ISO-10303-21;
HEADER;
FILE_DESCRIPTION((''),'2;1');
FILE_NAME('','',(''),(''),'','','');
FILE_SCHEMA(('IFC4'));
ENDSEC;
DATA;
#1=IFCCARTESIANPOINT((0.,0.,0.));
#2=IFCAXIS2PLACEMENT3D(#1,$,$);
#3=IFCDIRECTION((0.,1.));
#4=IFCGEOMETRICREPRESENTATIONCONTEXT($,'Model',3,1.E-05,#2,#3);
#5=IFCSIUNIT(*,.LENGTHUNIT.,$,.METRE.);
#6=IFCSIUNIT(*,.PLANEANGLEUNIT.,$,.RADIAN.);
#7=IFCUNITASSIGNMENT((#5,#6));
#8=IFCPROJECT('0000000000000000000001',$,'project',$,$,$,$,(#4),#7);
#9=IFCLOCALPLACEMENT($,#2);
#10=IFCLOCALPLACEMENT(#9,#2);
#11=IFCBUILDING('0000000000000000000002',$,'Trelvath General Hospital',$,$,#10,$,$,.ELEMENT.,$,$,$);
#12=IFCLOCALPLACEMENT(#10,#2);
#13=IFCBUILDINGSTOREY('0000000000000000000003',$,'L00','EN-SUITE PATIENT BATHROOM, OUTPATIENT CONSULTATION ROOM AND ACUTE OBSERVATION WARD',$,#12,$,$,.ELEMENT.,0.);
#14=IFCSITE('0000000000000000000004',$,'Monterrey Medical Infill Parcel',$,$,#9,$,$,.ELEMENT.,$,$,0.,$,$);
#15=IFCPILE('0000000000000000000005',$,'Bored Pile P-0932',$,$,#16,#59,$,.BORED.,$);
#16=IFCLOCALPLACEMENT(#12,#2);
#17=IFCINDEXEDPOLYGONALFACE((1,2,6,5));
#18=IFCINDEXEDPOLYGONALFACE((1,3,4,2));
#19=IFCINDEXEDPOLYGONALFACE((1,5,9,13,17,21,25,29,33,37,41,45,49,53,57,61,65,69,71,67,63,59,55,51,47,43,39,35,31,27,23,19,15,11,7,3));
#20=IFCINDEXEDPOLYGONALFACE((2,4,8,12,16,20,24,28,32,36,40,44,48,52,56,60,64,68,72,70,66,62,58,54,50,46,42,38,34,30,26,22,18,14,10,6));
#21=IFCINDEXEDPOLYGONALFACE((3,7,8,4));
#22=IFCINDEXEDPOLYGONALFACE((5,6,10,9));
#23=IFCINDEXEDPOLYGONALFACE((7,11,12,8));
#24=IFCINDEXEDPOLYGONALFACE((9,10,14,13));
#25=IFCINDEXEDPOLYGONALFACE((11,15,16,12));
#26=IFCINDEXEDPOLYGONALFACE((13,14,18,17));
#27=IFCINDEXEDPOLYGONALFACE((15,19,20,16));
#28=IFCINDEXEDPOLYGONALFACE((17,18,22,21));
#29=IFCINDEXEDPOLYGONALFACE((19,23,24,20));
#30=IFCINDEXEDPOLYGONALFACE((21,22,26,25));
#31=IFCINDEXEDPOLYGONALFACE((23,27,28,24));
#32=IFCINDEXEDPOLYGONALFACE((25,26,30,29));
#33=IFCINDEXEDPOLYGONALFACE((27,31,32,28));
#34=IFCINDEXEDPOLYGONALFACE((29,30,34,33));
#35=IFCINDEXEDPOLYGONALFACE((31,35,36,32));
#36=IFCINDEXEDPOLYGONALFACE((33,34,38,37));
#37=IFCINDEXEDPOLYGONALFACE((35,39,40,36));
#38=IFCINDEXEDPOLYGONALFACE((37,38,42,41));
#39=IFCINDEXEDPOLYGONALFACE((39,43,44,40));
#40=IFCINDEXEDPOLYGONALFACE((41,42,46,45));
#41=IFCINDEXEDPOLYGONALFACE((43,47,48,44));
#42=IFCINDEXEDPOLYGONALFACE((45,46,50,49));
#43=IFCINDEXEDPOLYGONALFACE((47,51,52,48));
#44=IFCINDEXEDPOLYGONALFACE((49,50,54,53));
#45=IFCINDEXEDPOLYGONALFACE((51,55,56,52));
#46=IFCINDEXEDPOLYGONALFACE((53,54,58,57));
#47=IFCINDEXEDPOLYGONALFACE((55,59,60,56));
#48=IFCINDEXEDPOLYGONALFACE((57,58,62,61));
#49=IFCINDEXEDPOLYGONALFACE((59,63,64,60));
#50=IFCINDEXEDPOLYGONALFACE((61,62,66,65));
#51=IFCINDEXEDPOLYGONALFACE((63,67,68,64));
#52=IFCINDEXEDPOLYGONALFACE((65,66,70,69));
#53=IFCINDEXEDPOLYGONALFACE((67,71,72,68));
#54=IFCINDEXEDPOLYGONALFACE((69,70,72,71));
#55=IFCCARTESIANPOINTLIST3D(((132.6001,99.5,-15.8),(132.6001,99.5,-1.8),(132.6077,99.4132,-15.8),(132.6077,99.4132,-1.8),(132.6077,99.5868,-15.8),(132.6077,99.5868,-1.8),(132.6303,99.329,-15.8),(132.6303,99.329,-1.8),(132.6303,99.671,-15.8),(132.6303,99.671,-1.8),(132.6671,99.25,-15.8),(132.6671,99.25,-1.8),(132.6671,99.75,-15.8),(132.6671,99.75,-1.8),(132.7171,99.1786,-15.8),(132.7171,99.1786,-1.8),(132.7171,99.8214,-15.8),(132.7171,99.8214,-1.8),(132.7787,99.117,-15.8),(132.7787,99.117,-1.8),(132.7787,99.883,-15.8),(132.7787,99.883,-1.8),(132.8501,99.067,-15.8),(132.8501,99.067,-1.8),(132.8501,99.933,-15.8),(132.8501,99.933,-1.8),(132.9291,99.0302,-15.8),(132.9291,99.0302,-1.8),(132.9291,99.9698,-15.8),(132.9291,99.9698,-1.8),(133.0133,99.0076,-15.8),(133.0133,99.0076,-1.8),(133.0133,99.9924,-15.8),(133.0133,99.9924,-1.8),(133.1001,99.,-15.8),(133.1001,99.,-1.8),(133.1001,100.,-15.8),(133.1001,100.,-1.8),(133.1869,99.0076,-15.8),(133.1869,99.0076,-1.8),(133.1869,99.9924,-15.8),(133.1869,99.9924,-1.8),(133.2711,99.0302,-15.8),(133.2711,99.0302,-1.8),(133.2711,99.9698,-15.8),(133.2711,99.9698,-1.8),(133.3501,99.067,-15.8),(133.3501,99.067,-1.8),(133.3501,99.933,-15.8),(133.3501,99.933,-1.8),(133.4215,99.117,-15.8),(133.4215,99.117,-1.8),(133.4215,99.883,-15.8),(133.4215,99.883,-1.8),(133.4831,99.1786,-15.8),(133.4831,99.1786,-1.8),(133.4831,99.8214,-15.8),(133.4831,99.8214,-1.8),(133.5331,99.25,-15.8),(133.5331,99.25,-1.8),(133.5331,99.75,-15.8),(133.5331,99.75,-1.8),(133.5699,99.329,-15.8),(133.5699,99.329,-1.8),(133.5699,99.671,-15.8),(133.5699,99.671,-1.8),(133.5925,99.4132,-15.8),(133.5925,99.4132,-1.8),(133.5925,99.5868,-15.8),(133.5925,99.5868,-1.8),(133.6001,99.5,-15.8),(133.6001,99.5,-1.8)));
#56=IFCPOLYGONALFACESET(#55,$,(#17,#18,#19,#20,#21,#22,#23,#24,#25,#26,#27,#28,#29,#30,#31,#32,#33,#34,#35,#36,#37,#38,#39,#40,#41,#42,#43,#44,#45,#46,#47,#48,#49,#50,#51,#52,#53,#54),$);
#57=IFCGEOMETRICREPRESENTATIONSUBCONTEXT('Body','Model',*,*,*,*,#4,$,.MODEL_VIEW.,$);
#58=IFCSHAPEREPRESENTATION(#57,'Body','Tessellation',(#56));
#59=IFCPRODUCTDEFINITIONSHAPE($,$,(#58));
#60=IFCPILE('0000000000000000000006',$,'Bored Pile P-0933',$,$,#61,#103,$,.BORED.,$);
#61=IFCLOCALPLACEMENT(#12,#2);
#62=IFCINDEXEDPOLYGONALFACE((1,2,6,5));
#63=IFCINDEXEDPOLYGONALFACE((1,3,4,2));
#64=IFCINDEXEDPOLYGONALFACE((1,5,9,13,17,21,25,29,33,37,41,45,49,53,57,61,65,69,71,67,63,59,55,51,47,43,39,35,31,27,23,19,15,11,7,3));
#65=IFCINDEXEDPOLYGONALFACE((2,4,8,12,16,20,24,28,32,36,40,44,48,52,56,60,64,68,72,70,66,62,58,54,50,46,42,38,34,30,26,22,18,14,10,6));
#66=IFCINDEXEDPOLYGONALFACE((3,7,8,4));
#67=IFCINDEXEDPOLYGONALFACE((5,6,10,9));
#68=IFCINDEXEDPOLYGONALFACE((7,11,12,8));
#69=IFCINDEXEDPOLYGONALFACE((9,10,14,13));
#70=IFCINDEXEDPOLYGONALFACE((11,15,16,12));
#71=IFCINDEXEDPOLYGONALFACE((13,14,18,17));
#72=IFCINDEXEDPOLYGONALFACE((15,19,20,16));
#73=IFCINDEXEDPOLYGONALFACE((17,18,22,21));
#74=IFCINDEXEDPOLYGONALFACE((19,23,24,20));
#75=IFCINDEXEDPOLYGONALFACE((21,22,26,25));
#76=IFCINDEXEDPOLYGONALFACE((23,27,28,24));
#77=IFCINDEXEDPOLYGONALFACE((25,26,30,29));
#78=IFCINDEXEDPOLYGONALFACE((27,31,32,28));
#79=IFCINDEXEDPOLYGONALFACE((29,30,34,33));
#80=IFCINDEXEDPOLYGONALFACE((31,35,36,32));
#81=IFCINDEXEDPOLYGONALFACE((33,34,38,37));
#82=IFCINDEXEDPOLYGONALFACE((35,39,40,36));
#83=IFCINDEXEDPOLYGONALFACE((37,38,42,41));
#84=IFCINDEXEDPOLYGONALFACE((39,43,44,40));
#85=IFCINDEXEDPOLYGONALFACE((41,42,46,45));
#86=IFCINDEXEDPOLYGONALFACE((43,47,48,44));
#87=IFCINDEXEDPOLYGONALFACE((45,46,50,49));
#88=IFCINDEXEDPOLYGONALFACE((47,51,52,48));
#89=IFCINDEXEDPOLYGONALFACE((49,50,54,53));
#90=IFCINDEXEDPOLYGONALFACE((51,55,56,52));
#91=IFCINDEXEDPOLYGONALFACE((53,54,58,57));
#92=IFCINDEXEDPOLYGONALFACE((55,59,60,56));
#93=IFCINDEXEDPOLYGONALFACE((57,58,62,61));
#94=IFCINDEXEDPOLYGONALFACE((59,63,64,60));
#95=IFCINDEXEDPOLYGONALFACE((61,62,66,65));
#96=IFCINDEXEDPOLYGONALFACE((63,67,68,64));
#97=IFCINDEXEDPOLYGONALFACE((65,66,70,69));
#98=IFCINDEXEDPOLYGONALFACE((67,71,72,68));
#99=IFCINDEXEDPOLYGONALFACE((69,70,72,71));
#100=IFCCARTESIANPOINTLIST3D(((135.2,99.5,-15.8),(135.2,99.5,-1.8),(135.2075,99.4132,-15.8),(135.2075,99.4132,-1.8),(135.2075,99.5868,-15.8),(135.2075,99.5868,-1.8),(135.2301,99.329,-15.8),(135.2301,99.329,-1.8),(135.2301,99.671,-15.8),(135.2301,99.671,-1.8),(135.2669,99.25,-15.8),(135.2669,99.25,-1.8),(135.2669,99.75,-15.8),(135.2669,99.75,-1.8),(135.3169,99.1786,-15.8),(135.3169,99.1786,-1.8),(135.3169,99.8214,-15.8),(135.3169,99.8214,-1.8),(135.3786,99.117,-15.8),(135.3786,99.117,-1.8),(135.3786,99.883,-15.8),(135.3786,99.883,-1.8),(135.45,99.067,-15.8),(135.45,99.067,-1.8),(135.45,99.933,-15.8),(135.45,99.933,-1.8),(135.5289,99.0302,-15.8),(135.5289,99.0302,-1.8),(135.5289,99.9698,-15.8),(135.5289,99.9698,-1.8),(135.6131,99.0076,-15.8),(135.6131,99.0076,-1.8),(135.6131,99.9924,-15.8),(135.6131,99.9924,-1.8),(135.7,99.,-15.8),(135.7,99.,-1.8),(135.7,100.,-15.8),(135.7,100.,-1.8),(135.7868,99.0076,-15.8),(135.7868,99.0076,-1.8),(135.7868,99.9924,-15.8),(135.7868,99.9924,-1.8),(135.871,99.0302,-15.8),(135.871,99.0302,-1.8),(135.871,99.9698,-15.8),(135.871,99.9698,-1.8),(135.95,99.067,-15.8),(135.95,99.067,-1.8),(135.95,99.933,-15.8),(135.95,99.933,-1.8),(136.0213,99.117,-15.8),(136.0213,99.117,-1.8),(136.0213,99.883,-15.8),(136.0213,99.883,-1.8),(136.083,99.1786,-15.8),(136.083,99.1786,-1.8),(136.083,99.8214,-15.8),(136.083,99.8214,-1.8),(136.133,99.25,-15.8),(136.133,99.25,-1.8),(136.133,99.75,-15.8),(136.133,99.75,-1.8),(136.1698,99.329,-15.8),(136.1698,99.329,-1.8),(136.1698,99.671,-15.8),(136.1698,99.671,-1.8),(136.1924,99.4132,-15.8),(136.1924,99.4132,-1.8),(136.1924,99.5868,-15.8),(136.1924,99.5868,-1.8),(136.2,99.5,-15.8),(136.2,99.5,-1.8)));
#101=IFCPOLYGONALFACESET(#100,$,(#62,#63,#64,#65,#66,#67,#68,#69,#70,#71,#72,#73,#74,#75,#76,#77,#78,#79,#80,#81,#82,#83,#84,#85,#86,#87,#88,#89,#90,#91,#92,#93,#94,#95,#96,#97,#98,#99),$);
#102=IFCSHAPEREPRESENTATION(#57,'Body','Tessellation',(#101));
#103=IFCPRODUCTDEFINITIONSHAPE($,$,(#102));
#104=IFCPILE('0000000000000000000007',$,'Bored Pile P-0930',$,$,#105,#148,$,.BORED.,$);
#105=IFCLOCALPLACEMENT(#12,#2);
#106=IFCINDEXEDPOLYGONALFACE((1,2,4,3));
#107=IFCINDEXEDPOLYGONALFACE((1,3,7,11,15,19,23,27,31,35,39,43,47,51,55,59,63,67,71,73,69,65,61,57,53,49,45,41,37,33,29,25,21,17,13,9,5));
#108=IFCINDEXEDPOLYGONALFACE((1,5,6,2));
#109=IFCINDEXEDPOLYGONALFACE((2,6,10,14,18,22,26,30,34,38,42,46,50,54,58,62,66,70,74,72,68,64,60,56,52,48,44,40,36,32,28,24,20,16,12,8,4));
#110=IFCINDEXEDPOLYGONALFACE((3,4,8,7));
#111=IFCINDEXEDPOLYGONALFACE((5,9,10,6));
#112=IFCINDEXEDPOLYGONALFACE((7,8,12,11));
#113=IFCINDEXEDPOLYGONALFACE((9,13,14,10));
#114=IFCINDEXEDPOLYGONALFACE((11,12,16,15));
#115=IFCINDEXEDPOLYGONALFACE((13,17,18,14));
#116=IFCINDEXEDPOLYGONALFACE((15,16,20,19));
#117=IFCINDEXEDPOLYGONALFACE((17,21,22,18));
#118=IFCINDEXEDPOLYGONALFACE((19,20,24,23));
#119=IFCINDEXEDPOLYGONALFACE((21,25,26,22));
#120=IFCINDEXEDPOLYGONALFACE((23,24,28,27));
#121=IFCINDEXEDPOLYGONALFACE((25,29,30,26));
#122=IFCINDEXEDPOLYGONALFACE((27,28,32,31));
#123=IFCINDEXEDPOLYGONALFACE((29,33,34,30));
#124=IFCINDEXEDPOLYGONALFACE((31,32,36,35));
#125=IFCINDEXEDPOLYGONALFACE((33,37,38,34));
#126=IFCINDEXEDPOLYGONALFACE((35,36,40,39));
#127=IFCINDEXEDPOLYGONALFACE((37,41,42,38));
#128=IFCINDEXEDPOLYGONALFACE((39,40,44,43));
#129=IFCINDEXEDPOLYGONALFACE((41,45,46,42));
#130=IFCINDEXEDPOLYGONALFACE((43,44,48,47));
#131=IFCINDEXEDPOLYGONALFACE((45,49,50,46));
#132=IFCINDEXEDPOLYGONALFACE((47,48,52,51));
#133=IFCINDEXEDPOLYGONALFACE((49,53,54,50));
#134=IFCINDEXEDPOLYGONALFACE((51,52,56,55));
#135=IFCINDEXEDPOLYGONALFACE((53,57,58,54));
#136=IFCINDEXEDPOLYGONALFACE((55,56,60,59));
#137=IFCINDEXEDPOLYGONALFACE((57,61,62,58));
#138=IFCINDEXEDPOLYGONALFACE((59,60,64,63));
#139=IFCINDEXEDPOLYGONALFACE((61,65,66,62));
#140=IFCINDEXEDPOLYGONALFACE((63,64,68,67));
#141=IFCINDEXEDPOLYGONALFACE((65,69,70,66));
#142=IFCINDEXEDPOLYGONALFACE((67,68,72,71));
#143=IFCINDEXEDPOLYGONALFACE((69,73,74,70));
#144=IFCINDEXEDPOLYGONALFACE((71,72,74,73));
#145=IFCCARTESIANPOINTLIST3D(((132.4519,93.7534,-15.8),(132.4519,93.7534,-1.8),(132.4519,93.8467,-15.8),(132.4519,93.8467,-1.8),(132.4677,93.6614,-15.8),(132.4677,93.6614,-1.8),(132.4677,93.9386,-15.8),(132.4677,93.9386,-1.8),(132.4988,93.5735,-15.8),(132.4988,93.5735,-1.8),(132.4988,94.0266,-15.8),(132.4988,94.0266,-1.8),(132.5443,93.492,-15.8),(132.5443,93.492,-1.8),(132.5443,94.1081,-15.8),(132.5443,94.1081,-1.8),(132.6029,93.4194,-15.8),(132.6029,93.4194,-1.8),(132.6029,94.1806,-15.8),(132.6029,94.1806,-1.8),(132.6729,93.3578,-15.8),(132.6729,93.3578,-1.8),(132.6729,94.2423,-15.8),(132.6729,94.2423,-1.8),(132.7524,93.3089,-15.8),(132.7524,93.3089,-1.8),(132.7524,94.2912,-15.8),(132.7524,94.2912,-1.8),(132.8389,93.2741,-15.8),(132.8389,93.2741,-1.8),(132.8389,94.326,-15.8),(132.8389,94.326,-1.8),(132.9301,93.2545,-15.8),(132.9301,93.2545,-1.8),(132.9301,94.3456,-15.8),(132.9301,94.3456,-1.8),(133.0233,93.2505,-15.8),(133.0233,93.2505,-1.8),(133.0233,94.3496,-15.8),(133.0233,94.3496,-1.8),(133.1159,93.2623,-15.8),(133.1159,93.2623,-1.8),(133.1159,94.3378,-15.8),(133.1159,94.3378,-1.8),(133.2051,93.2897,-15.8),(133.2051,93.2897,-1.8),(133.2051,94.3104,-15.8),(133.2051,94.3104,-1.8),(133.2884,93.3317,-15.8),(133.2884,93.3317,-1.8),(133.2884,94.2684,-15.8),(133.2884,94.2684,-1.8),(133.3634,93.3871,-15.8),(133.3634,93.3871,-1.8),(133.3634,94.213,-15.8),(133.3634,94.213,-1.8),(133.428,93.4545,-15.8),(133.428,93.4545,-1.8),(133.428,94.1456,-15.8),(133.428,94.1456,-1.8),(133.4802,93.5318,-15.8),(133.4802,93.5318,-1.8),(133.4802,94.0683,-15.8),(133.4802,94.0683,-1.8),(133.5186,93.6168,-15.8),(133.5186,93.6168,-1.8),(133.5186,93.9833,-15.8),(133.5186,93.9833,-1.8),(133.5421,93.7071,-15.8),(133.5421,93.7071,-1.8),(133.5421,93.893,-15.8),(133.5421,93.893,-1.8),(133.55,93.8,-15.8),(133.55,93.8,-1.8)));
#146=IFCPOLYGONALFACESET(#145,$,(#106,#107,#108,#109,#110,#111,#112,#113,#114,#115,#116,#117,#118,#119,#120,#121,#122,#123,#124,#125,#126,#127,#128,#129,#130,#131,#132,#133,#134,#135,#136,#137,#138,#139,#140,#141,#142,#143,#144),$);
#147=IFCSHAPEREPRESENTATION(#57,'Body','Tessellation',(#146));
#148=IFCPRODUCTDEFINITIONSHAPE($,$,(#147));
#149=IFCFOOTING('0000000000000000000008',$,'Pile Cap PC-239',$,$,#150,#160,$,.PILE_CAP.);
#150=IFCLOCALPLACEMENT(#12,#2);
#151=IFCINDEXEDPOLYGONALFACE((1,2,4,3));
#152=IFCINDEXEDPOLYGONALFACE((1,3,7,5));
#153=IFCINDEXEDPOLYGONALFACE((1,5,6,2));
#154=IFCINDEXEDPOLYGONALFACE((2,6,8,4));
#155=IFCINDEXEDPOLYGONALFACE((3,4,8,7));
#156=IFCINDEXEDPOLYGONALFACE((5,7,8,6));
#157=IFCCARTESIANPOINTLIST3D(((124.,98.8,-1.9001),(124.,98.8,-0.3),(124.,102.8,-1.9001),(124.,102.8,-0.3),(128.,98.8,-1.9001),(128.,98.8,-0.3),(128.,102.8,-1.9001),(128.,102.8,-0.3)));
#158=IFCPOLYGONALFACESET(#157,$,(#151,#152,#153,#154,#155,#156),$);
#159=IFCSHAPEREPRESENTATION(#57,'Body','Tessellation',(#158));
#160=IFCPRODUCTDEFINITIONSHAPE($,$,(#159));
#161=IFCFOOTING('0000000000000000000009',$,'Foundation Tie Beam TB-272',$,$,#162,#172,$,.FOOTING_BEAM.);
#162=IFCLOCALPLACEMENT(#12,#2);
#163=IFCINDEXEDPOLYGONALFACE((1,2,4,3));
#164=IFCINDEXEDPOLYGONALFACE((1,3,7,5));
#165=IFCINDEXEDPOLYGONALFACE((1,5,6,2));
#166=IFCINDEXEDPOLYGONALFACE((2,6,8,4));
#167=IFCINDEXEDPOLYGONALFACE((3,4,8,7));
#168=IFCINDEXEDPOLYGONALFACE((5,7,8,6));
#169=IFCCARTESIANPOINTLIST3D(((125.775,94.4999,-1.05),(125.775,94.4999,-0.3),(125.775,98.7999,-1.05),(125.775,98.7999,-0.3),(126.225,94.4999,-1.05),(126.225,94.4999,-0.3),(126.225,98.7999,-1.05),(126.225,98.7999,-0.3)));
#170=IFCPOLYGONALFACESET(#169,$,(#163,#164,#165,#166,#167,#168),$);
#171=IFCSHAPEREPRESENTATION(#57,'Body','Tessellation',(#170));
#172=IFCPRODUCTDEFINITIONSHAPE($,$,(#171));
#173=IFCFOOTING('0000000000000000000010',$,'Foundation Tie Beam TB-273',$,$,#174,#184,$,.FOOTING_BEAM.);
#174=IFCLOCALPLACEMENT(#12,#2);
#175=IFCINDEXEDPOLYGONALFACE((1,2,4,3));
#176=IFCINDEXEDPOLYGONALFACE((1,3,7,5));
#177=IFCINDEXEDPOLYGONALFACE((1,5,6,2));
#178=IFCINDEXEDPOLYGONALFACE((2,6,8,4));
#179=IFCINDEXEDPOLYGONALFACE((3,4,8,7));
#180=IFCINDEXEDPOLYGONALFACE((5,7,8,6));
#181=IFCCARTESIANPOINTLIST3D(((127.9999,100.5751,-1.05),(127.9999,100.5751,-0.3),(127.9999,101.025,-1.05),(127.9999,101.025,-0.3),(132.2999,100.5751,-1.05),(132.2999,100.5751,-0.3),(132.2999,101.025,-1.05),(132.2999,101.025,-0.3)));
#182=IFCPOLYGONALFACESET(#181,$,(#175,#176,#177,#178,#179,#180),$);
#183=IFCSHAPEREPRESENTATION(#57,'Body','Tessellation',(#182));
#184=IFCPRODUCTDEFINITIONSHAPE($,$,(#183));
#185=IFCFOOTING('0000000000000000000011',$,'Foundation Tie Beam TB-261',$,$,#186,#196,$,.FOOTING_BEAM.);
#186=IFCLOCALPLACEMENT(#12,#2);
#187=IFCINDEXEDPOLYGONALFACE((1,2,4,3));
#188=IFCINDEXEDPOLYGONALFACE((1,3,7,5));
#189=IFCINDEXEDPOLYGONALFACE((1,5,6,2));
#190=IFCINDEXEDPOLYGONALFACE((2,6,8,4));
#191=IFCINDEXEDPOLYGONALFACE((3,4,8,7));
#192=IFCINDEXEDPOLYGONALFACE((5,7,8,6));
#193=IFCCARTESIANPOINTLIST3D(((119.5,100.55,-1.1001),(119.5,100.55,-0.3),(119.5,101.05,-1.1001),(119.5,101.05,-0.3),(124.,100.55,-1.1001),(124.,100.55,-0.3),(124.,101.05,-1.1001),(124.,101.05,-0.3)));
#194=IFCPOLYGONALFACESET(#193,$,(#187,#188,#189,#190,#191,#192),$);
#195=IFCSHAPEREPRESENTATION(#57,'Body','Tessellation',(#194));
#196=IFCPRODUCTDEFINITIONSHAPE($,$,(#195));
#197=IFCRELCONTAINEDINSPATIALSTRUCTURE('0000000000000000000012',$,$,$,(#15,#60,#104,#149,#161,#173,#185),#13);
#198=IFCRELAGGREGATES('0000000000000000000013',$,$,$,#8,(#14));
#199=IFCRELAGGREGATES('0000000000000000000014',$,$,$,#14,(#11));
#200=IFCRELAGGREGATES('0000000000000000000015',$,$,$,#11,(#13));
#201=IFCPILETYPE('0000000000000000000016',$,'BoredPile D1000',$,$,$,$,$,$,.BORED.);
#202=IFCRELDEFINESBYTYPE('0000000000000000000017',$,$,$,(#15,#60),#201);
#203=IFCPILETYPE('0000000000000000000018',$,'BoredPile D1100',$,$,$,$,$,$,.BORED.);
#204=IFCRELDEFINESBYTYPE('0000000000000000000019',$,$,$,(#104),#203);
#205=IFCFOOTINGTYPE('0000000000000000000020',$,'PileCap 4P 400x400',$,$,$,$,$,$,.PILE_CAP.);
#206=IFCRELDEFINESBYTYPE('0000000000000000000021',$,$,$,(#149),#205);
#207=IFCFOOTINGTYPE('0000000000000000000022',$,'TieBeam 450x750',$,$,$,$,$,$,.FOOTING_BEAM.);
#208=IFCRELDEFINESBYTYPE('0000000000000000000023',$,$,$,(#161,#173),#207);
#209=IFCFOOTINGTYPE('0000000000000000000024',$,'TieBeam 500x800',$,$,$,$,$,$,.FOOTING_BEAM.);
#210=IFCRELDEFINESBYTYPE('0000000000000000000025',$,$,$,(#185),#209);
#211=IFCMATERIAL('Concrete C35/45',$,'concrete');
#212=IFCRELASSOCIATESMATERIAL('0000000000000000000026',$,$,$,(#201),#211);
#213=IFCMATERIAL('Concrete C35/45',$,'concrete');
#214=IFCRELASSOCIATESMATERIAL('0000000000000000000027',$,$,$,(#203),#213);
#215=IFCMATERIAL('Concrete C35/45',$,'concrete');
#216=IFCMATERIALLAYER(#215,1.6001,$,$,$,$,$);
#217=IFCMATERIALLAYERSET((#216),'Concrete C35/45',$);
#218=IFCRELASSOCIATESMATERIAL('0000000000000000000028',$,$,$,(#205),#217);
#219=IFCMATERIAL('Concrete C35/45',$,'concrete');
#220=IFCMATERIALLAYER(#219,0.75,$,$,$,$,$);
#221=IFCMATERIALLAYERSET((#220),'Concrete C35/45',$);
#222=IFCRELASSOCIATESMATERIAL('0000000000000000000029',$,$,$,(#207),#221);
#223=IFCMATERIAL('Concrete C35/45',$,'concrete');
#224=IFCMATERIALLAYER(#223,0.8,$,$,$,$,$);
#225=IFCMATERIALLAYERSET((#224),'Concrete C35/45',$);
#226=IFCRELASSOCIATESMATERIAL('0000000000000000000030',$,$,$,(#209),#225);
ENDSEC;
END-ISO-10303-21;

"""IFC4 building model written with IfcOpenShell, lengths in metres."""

from ifc_helpers import new_model, si_unit, direction, frame, origin, origin_2d, place, context, subcontext, project, spatial, rectangle, circle, extrude, material, layer, layer_set, material_profile, profile_set, type_object, element, save


model = new_model("IFC4")

# Units and contexts
model_context = context("Model", 3, precision=1e-05, world=origin(), true_north=direction((0.0, 1.0)))
body_context = subcontext(model_context, "Body", "Model", "MODEL_VIEW")
ifc_project = project(units=[si_unit("LENGTHUNIT", "METRE"), si_unit("PLANEANGLEUNIT", "RADIAN")], contexts=[model_context])

# Site, building, storey
site_placement = place(None, origin())
site = spatial("IfcSite", under=ifc_project, at=site_placement, Name="Monterrey Medical Infill Parcel", CompositionType="ELEMENT", RefElevation=0.0)
building_placement = place(site_placement, origin())
building = spatial("IfcBuilding", under=site, at=building_placement, Name="Trelvath General Hospital", CompositionType="ELEMENT")
storey_placement = place(building_placement, origin())
storey = spatial("IfcBuildingStorey", under=building, at=storey_placement, Name="L00", Description="EN-SUITE PATIENT BATHROOM, OUTPATIENT CONSULTATION ROOM AND ACUTE OBSERVATION WARD", CompositionType="ELEMENT", Elevation=0.0)

# Piles
ifc_material_1 = material(Name="Concrete C35/45", Category="concrete")
ifc_material_profile_1 = material_profile(ifc_material_1, circle(Radius=0.5, at=origin_2d()), Name="PILE1000")
ifc_profile_set_1 = profile_set([ifc_material_profile_1], Name="Concrete C35/45")
pile_type_1 = type_object("IfcPileType", Name="BoredPile D1000", PredefinedType="BORED", material=ifc_profile_set_1)
for number, where, z_axis, x_axis, name in (
    (1, (133.1001, 99.5, -1.8), (0.0, 0.0, -1.0), (1.0, 0.0, 0.0), "Bored Pile P-0932"),
    (2, (135.7, 99.5, -1.8), (0.0, 0.0, -1.0), (1.0, 0.0, 0.0), "Bored Pile P-0933"),
):
    element("IfcPile", number, at=place(storey_placement, frame(where, z_axis=z_axis, x_axis=x_axis)), inside=storey, type_object=pile_type_1, Name=name, PredefinedType="BORED", context=body_context, shape_type="SweptSolid", body=[
        extrude(circle(Radius=0.5, at=origin_2d()), origin(), (0.0, 0.0, 1.0), 14.0),
    ])
ifc_material_2 = material(Name="Concrete C35/45", Category="concrete")
ifc_material_profile_2 = material_profile(ifc_material_2, circle(Radius=0.55, at=origin_2d()), Name="PILE1100")
ifc_profile_set_2 = profile_set([ifc_material_profile_2], Name="Concrete C35/45")
pile_type_2 = type_object("IfcPileType", Name="BoredPile D1100", PredefinedType="BORED", material=ifc_profile_set_2)
pile_placement = place(storey_placement, frame((133.0, 93.8, -1.8), z_axis=(0.0, 0.0, -1.0), x_axis=(1.0, 0.0, 0.0)))
element("IfcPile", 3, at=pile_placement, inside=storey, type_object=pile_type_2, Name="Bored Pile P-0930", PredefinedType="BORED", context=body_context, shape_type="SweptSolid", body=[
    extrude(circle(Radius=0.55, at=origin_2d()), origin(), (0.0, 0.0, 1.0), 14.0),
])

# Footings
ifc_material_3 = material(Name="Concrete C35/45", Category="concrete")
ifc_layer_1 = layer(ifc_material_3, 1.6001)
ifc_layer_set_1 = layer_set([ifc_layer_1], Name="Concrete C35/45")
footing_type_1 = type_object("IfcFootingType", Name="PileCap 4P 400x400", PredefinedType="PILE_CAP", material=ifc_layer_set_1)
footing_1_placement = place(storey_placement, frame((126.0, 100.8, -1.9001), z_axis=(0.0, 0.0, 1.0), x_axis=(1.0, 0.0, 0.0)))
element("IfcFooting", 4, at=footing_1_placement, inside=storey, type_object=footing_type_1, Name="Pile Cap PC-239", PredefinedType="PILE_CAP", context=body_context, shape_type="SweptSolid", body=[
    extrude(rectangle(XDim=4.0, YDim=4.0, at=origin_2d()), origin(), (0.0, 0.0, 1.0), 1.6001),
])
ifc_material_4 = material(Name="Concrete C35/45", Category="concrete")
ifc_layer_2 = layer(ifc_material_4, 0.75)
ifc_layer_set_2 = layer_set([ifc_layer_2], Name="Concrete C35/45")
footing_type_2 = type_object("IfcFootingType", Name="TieBeam 450x750", PredefinedType="FOOTING_BEAM", material=ifc_layer_set_2)
footing_2_placement = place(storey_placement, frame((126.0, 96.6499, -1.05), z_axis=(0.0, 0.0, 1.0), x_axis=(1.0, 0.0, 0.0)))
element("IfcFooting", 5, at=footing_2_placement, inside=storey, type_object=footing_type_2, Name="Foundation Tie Beam TB-272", PredefinedType="FOOTING_BEAM", context=body_context, shape_type="SweptSolid", body=[
    extrude(rectangle(XDim=0.45, YDim=4.3, at=origin_2d()), origin(), (0.0, 0.0, 1.0), 0.75),
])
footing_3_placement = place(storey_placement, frame((130.1499, 100.8, -1.05), z_axis=(0.0, 0.0, 1.0), x_axis=(1.0, 0.0, 0.0)))
element("IfcFooting", 6, at=footing_3_placement, inside=storey, type_object=footing_type_2, Name="Foundation Tie Beam TB-273", PredefinedType="FOOTING_BEAM", context=body_context, shape_type="SweptSolid", body=[
    extrude(rectangle(XDim=4.3, YDim=0.45, at=origin_2d()), origin(), (0.0, 0.0, 1.0), 0.75),
])
ifc_material_5 = material(Name="Concrete C35/45", Category="concrete")
ifc_layer_3 = layer(ifc_material_5, 0.8)
ifc_layer_set_3 = layer_set([ifc_layer_3], Name="Concrete C35/45")
footing_type_3 = type_object("IfcFootingType", Name="TieBeam 500x800", PredefinedType="FOOTING_BEAM", material=ifc_layer_set_3)
footing_4_placement = place(storey_placement, frame((121.75, 100.8, -1.1001), z_axis=(0.0, 0.0, 1.0), x_axis=(1.0, 0.0, 0.0)))
element("IfcFooting", 7, at=footing_4_placement, inside=storey, type_object=footing_type_3, Name="Foundation Tie Beam TB-261", PredefinedType="FOOTING_BEAM", context=body_context, shape_type="SweptSolid", body=[
    extrude(rectangle(XDim=4.5, YDim=0.5, at=origin_2d()), origin(), (0.0, 0.0, 1.0), 0.8),
])

save(model, "model.ifc")
